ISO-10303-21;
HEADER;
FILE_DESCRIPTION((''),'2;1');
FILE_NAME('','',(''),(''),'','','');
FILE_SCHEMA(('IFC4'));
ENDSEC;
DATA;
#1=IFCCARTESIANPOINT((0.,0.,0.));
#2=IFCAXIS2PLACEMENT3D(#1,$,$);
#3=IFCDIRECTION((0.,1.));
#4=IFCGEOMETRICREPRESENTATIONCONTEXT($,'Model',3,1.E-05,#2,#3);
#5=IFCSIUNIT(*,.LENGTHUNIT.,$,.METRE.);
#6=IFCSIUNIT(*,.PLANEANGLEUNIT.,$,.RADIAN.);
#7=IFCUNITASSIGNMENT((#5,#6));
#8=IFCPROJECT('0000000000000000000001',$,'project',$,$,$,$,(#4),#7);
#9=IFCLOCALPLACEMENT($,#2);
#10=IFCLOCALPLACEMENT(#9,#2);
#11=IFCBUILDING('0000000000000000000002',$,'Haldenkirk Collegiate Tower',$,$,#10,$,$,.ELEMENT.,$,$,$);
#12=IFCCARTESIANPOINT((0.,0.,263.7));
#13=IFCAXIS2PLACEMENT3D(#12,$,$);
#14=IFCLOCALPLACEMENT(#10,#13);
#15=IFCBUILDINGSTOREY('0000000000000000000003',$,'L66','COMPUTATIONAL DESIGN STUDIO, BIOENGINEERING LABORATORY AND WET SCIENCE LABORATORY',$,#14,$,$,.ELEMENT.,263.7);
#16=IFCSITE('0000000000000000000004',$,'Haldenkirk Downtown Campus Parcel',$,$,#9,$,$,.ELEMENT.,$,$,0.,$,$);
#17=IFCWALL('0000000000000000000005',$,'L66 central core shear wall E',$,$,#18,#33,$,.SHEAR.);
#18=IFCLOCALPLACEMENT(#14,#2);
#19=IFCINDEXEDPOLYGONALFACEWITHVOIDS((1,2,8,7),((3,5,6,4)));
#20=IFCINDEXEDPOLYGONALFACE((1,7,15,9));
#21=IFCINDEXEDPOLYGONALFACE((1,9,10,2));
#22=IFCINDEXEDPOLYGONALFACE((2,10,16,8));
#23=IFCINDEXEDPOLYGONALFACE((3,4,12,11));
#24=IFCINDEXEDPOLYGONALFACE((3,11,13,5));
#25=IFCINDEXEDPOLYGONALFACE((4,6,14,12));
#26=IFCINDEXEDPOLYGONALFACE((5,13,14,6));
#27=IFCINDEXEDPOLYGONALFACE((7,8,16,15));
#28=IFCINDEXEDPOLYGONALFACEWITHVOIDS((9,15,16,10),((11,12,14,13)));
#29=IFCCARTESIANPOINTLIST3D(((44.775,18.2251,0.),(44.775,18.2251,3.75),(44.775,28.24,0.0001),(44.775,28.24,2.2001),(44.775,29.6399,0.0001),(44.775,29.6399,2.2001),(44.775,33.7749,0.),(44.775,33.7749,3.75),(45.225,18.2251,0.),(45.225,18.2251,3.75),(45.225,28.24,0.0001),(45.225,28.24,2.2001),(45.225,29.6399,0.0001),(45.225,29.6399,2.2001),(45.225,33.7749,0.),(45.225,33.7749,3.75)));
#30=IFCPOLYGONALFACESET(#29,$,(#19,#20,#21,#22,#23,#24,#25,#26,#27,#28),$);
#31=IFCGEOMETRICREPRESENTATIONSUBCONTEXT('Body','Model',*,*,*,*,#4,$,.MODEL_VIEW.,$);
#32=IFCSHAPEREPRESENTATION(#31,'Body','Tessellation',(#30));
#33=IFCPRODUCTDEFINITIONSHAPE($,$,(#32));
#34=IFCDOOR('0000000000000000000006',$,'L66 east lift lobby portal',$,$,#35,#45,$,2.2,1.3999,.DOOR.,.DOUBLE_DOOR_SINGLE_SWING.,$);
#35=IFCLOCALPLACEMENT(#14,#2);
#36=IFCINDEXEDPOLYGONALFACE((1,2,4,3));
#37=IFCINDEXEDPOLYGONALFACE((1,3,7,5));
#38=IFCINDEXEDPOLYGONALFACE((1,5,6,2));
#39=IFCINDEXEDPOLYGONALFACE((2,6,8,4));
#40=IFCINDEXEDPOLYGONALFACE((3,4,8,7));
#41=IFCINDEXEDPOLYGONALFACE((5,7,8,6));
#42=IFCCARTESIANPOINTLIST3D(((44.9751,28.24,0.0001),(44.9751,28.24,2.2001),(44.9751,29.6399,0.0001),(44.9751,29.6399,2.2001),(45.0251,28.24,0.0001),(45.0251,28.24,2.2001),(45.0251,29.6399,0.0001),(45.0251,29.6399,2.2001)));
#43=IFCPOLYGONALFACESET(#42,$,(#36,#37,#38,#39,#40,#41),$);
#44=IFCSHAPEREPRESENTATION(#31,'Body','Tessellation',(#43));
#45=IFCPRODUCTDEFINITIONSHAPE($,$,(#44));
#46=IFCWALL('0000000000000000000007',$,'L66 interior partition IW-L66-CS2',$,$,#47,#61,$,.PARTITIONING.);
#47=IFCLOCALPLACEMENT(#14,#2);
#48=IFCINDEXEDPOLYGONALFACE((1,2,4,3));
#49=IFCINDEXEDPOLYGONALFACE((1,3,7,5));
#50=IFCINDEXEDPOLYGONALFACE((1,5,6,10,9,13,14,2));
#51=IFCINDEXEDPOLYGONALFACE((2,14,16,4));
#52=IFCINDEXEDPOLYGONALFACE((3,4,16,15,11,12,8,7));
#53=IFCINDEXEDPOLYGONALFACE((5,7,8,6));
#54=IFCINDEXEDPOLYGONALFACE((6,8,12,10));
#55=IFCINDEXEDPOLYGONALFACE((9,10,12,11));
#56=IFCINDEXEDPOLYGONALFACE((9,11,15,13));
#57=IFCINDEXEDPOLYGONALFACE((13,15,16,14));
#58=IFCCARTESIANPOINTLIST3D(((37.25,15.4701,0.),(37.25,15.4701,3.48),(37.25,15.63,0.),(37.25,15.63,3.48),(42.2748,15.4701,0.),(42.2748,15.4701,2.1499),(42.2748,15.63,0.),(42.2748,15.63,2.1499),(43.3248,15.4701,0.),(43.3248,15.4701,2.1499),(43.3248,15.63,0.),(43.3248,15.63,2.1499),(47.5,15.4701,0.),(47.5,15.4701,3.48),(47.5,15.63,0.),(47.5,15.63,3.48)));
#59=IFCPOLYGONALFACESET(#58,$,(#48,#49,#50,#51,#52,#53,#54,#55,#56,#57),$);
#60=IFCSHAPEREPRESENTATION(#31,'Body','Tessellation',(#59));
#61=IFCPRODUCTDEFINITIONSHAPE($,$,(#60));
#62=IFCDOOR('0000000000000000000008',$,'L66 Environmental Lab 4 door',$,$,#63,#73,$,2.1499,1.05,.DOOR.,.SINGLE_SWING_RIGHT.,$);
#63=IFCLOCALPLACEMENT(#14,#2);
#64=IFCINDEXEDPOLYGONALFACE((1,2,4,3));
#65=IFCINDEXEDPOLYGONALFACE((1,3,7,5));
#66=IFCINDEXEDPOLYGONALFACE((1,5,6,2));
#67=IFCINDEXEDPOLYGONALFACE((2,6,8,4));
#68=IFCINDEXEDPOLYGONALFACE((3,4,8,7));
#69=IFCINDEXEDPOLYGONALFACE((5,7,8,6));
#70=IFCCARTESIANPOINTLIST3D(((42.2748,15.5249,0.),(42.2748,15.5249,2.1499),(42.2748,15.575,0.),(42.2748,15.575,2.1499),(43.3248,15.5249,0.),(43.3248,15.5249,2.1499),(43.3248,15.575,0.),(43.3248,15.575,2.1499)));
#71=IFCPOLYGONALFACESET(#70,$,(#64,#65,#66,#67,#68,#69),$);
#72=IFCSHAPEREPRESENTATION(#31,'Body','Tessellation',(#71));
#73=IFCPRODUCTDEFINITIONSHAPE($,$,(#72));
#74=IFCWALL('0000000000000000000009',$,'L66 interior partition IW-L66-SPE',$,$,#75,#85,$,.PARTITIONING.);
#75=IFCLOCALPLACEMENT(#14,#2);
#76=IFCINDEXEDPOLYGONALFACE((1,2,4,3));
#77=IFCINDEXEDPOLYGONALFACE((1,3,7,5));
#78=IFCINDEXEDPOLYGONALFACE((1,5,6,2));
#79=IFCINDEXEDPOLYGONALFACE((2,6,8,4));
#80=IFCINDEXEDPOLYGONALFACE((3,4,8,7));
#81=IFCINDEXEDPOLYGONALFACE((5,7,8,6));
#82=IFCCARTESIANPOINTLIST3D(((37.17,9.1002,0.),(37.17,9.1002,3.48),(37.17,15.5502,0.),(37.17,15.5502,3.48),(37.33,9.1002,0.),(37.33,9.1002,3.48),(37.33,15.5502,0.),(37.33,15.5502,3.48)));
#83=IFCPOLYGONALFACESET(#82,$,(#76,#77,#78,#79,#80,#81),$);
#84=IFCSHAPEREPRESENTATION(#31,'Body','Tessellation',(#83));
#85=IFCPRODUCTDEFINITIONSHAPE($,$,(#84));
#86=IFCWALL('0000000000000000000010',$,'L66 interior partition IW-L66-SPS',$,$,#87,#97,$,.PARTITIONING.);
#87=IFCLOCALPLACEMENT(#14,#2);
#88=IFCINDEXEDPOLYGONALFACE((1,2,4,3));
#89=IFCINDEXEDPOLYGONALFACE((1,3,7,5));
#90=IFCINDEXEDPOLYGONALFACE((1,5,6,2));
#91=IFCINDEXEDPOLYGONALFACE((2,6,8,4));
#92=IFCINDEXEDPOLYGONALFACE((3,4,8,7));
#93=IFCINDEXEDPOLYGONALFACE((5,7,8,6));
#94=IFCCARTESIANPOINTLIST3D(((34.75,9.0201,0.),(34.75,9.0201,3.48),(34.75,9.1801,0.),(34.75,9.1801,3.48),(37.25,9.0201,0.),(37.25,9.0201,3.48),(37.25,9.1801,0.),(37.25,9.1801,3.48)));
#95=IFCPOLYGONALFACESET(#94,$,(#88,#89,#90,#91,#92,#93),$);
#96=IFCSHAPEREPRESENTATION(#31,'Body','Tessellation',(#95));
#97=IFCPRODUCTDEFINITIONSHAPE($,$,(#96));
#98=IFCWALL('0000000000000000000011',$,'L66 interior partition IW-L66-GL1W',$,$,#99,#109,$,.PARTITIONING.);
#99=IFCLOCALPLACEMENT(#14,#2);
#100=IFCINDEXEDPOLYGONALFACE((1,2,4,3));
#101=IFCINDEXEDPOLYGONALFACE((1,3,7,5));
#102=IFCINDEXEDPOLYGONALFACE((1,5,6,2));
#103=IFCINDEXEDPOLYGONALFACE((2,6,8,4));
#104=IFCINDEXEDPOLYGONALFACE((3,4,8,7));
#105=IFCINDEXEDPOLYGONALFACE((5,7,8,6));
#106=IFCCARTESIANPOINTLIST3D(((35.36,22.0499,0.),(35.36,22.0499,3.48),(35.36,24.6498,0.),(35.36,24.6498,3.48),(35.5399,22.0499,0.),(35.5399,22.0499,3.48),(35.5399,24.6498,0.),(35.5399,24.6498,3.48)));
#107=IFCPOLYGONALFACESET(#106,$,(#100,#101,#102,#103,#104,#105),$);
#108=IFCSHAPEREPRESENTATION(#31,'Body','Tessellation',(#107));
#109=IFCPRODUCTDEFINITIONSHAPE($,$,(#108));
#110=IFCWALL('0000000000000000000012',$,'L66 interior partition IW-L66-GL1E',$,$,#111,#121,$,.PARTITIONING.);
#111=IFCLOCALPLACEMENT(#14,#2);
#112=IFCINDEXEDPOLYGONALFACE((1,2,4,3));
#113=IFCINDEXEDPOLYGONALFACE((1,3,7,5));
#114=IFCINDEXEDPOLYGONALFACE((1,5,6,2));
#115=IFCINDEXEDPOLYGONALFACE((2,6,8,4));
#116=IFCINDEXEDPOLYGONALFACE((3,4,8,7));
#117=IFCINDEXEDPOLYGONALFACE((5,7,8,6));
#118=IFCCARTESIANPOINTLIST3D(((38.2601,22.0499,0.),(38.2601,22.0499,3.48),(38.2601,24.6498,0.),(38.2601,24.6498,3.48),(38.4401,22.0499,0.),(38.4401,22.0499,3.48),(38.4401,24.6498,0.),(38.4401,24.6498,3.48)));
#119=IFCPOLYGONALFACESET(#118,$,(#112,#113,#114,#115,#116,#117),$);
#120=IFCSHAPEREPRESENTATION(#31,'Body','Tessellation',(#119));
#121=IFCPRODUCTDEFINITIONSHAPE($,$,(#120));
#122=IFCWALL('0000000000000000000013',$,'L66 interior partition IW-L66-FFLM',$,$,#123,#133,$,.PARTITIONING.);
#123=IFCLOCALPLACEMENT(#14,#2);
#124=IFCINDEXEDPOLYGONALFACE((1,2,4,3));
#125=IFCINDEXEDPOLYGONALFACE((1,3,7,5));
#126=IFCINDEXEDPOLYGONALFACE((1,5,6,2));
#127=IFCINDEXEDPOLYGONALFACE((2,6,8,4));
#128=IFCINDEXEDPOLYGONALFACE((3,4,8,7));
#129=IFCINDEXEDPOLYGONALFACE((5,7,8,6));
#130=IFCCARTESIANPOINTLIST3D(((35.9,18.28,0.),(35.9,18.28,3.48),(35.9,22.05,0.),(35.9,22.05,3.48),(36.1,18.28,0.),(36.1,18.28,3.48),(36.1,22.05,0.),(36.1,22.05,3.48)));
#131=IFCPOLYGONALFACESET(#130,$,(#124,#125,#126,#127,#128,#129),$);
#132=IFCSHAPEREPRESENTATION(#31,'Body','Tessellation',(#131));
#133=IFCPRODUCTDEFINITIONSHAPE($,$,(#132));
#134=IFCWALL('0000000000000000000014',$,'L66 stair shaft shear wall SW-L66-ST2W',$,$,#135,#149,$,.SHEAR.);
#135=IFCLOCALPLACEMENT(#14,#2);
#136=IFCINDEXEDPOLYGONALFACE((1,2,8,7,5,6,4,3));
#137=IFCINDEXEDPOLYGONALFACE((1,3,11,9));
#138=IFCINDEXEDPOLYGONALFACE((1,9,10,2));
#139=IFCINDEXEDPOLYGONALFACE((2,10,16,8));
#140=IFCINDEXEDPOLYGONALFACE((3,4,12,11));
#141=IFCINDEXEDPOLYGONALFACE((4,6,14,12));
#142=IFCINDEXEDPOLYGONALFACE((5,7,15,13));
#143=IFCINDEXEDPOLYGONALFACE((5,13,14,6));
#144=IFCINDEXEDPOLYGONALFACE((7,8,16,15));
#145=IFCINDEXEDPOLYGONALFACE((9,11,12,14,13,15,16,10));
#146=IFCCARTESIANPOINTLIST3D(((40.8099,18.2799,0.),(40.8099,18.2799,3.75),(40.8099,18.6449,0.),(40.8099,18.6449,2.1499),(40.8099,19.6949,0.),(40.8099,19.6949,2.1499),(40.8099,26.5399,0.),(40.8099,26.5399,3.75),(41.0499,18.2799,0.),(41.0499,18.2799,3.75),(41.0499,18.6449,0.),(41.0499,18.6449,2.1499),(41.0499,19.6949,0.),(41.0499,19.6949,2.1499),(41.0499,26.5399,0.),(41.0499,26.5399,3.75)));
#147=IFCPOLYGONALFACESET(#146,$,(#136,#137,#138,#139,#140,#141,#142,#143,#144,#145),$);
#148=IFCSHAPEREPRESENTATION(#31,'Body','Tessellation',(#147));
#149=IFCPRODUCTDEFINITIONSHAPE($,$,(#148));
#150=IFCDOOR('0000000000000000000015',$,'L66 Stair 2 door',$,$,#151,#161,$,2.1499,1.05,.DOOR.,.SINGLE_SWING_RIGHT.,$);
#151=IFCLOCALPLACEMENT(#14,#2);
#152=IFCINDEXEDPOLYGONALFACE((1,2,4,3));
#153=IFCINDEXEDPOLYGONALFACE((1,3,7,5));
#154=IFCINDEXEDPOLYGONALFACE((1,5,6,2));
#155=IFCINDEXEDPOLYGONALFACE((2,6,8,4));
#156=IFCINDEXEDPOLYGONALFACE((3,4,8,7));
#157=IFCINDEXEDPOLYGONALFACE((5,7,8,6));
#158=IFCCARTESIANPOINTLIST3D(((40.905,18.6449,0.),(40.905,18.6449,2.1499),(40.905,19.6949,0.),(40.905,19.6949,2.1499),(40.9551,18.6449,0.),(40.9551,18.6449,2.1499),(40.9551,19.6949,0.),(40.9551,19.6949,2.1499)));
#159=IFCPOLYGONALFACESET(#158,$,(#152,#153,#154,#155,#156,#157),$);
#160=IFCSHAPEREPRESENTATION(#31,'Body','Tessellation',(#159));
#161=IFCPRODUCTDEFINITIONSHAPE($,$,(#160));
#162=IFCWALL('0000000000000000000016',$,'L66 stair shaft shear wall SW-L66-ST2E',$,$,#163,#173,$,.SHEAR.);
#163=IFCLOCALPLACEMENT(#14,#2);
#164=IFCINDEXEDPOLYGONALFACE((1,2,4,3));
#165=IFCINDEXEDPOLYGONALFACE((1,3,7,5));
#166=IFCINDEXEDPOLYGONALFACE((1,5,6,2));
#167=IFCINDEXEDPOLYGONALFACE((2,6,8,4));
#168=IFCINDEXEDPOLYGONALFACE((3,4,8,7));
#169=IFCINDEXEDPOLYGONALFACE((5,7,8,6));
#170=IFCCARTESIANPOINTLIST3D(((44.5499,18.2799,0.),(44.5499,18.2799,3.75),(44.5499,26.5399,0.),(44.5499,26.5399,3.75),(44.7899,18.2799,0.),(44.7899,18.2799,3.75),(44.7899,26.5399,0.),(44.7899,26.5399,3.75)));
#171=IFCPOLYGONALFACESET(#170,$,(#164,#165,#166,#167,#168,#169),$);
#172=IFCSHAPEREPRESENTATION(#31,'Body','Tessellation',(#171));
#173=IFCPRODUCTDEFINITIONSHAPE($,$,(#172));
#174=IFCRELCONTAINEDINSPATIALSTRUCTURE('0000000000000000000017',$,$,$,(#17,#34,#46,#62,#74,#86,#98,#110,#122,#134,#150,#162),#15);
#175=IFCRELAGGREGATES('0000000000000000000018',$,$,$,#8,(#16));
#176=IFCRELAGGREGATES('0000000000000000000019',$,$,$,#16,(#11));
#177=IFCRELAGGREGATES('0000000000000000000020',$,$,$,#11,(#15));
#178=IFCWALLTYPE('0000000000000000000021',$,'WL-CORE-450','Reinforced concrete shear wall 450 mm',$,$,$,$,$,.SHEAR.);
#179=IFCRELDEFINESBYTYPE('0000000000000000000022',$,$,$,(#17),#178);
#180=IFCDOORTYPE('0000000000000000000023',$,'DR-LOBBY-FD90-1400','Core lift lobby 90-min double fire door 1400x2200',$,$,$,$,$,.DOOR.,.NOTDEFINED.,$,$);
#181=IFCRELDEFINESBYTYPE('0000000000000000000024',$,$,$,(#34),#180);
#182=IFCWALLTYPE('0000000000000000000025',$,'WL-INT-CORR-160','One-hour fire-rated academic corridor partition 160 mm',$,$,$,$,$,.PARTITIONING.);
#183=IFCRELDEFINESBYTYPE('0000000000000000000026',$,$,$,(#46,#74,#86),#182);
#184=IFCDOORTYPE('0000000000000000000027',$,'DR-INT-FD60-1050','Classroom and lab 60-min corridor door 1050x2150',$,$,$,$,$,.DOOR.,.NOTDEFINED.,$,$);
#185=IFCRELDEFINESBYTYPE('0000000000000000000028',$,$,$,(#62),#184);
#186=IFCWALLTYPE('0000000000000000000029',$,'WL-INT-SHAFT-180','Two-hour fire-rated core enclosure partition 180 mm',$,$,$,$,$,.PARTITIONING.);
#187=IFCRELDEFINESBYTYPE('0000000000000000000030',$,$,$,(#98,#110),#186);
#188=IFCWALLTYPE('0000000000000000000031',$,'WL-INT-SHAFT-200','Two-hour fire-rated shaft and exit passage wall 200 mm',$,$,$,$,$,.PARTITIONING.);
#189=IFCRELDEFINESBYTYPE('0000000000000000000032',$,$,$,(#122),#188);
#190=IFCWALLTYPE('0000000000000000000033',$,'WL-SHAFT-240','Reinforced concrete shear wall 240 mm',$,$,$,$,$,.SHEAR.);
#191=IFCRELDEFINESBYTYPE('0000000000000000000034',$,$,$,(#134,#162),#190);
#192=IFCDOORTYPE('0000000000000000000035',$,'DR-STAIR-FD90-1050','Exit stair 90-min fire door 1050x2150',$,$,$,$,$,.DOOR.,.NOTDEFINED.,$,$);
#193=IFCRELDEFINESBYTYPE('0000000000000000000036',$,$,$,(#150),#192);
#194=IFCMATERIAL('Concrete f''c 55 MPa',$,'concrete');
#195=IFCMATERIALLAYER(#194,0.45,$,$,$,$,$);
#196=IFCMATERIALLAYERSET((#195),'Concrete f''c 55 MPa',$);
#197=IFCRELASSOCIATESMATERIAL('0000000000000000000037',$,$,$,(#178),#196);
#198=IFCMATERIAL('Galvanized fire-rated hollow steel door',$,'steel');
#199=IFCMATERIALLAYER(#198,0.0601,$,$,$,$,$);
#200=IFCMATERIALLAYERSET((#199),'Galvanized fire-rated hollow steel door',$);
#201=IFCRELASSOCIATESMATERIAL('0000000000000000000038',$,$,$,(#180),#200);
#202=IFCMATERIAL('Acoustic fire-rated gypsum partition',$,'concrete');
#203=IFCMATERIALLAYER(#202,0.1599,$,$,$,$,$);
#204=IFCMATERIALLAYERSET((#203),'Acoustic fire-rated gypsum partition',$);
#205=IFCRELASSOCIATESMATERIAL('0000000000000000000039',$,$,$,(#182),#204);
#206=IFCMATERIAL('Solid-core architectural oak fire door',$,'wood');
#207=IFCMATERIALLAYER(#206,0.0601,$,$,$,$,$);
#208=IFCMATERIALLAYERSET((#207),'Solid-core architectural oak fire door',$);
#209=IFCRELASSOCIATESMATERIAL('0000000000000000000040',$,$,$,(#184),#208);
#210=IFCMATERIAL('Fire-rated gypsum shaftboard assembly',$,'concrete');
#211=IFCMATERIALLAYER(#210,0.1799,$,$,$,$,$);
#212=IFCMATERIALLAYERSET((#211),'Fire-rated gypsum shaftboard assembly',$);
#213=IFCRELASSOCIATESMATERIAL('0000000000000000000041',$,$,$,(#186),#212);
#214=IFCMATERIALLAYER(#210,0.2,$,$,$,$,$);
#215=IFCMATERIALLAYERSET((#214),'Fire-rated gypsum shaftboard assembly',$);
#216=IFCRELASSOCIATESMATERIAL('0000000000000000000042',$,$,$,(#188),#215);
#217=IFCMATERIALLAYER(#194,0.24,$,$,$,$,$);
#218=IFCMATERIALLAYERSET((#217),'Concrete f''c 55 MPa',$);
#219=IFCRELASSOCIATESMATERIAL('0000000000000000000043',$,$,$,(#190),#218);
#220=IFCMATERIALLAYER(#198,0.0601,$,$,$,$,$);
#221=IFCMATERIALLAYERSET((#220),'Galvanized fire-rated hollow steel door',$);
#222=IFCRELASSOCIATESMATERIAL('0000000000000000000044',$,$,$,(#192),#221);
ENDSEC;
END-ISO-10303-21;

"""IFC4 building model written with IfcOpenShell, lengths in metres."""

from ifc_helpers import new_model, si_unit, direction, frame, frame_2d, origin, place, context, subcontext, project, spatial, rectangle, extrude, material, layer, layer_set, type_object, element, fill, save


model = new_model("IFC4")

# Units and contexts
model_context = context("Model", 3, precision=1e-05, world=origin(), true_north=direction((0.0, 1.0)))
body_context = subcontext(model_context, "Body", "Model", "MODEL_VIEW")
ifc_project = project(units=[si_unit("LENGTHUNIT", "METRE"), si_unit("PLANEANGLEUNIT", "RADIAN")], contexts=[model_context])

# Site, building, storey
site_placement = place(None, origin())
site = spatial("IfcSite", under=ifc_project, at=site_placement, Name="Haldenkirk Downtown Campus Parcel", CompositionType="ELEMENT", RefElevation=0.0)
building_placement = place(site_placement, origin())
building = spatial("IfcBuilding", under=site, at=building_placement, Name="Haldenkirk Collegiate Tower", CompositionType="ELEMENT")
storey_placement = place(building_placement, frame((0.0, 0.0, 263.7)))
storey = spatial("IfcBuildingStorey", under=building, at=storey_placement, Name="L66", Description="COMPUTATIONAL DESIGN STUDIO, BIOENGINEERING LABORATORY AND WET SCIENCE LABORATORY", CompositionType="ELEMENT", Elevation=263.7)

# Walls, openings, doors
ifc_material_1 = material(Name="Concrete f'c 55 MPa", Category="concrete")
ifc_layer_1 = layer(ifc_material_1, 0.45)
ifc_layer_set_1 = layer_set([ifc_layer_1], Name="Concrete f'c 55 MPa")
wall_type_1 = type_object("IfcWallType", Name="WL-CORE-450", Description="Reinforced concrete shear wall 450 mm", PredefinedType="SHEAR", material=ifc_layer_set_1)
wall_1_placement = place(storey_placement, frame((45.0, 18.2251, 0.0), z_axis=(0.0, 0.0, 1.0), x_axis=(0.0, 1.0, 0.0)))
wall_1 = element("IfcWall", 1, at=wall_1_placement, inside=storey, type_object=wall_type_1, Name="L66 central core shear wall E", PredefinedType="SHEAR", context=body_context, shape_type="SweptSolid", body=[
    extrude(rectangle(XDim=15.5498, YDim=0.45, at=frame_2d((7.7749, 0.0))), origin(), (0.0, 0.0, 1.0), 3.75),
])
opening_1_placement = place(wall_1_placement, frame((10.0149, 0.0, 0.0)))
opening_1 = element("IfcOpeningElement", 2, at=opening_1_placement, cuts=wall_1, PredefinedType="OPENING", context=body_context, shape_type="SweptSolid", body=[
    extrude(rectangle(XDim=1.3999, YDim=2.2, at=frame_2d((0.7, 1.1001))), frame((0.0, 0.2349, 0.0), z_axis=(0.0, -1.0, 0.0), x_axis=(1.0, 0.0, 0.0)), (0.0, 0.0, 1.0), 0.47),
])
ifc_material_2 = material(Name="Galvanized fire-rated hollow steel door", Category="steel")
ifc_layer_2 = layer(ifc_material_2, 0.0601)
ifc_layer_set_2 = layer_set([ifc_layer_2], Name="Galvanized fire-rated hollow steel door")
door_type_1 = type_object("IfcDoorType", Name="DR-LOBBY-FD90-1400", Description="Core lift lobby 90-min double fire door 1400x2200", OperationType="NOTDEFINED", PredefinedType="DOOR", material=ifc_layer_set_2)
door_1_placement = place(opening_1_placement, origin())
door_1 = element("IfcDoor", 3, at=door_1_placement, inside=storey, type_object=door_type_1, Name="L66 east lift lobby portal", OperationType="DOUBLE_DOOR_SINGLE_SWING", OverallHeight=2.2, OverallWidth=1.3999, PredefinedType="DOOR", context=body_context, shape_type="SweptSolid", body=[
    extrude(rectangle(XDim=1.3999, YDim=2.2, at=frame_2d((0.7, 1.1001))), frame((0.0, 0.0249, 0.0), z_axis=(0.0, -1.0, 0.0), x_axis=(1.0, 0.0, 0.0)), (0.0, 0.0, 1.0), 0.05),
])
fill(opening_1, door_1)
ifc_material_3 = material(Name="Acoustic fire-rated gypsum partition", Category="concrete")
ifc_layer_3 = layer(ifc_material_3, 0.1599)
ifc_layer_set_3 = layer_set([ifc_layer_3], Name="Acoustic fire-rated gypsum partition")
wall_type_2 = type_object("IfcWallType", Name="WL-INT-CORR-160", Description="One-hour fire-rated academic corridor partition 160 mm", PredefinedType="PARTITIONING", material=ifc_layer_set_3)
wall_2_placement = place(storey_placement, frame((37.25, 15.55, 0.0), z_axis=(0.0, 0.0, 1.0), x_axis=(1.0, 0.0, 0.0)))
wall_2 = element("IfcWall", 4, at=wall_2_placement, inside=storey, type_object=wall_type_2, Name="L66 interior partition IW-L66-CS2", PredefinedType="PARTITIONING", context=body_context, shape_type="SweptSolid", body=[
    extrude(rectangle(XDim=10.25, YDim=0.1599, at=frame_2d((5.125, 0.0))), origin(), (0.0, 0.0, 1.0), 3.48),
])
opening_2_placement = place(wall_2_placement, frame((5.0249, 0.0, 0.0)))
opening_2 = element("IfcOpeningElement", 5, at=opening_2_placement, cuts=wall_2, PredefinedType="OPENING", context=body_context, shape_type="SweptSolid", body=[
    extrude(rectangle(XDim=1.05, YDim=2.1499, at=frame_2d((0.5249, 1.075))), frame((0.0, 0.0898, 0.0), z_axis=(0.0, -1.0, 0.0), x_axis=(1.0, 0.0, 0.0)), (0.0, 0.0, 1.0), 0.1799),
])
ifc_material_4 = material(Name="Solid-core architectural oak fire door", Category="wood")
ifc_layer_4 = layer(ifc_material_4, 0.0601)
ifc_layer_set_4 = layer_set([ifc_layer_4], Name="Solid-core architectural oak fire door")
door_type_2 = type_object("IfcDoorType", Name="DR-INT-FD60-1050", Description="Classroom and lab 60-min corridor door 1050x2150", OperationType="NOTDEFINED", PredefinedType="DOOR", material=ifc_layer_set_4)
door_2_placement = place(opening_2_placement, origin())
door_2 = element("IfcDoor", 6, at=door_2_placement, inside=storey, type_object=door_type_2, Name="L66 Environmental Lab 4 door", OperationType="SINGLE_SWING_RIGHT", OverallHeight=2.1499, OverallWidth=1.05, PredefinedType="DOOR", context=body_context, shape_type="SweptSolid", body=[
    extrude(rectangle(XDim=1.05, YDim=2.1499, at=frame_2d((0.5249, 1.075))), frame((0.0, 0.0249, 0.0), z_axis=(0.0, -1.0, 0.0), x_axis=(1.0, 0.0, 0.0)), (0.0, 0.0, 1.0), 0.05),
])
fill(opening_2, door_2)

# Walls
wall_3_placement = place(storey_placement, frame((37.25, 9.1001, 0.0), z_axis=(0.0, 0.0, 1.0), x_axis=(0.0, 1.0, 0.0)))
element("IfcWall", 7, at=wall_3_placement, inside=storey, type_object=wall_type_2, Name="L66 interior partition IW-L66-SPE", PredefinedType="PARTITIONING", context=body_context, shape_type="SweptSolid", body=[
    extrude(rectangle(XDim=6.45, YDim=0.1599, at=frame_2d((3.2251, 0.0))), origin(), (0.0, 0.0, 1.0), 3.48),
])
wall_4_placement = place(storey_placement, frame((34.75, 9.1001, 0.0), z_axis=(0.0, 0.0, 1.0), x_axis=(1.0, 0.0, 0.0)))
element("IfcWall", 8, at=wall_4_placement, inside=storey, type_object=wall_type_2, Name="L66 interior partition IW-L66-SPS", PredefinedType="PARTITIONING", context=body_context, shape_type="SweptSolid", body=[
    extrude(rectangle(XDim=2.5, YDim=0.1599, at=frame_2d((1.25, 0.0))), origin(), (0.0, 0.0, 1.0), 3.48),
])
ifc_material_5 = material(Name="Fire-rated gypsum shaftboard assembly", Category="concrete")
ifc_layer_5 = layer(ifc_material_5, 0.1799)
ifc_layer_set_5 = layer_set([ifc_layer_5], Name="Fire-rated gypsum shaftboard assembly")
wall_type_3 = type_object("IfcWallType", Name="WL-INT-SHAFT-180", Description="Two-hour fire-rated core enclosure partition 180 mm", PredefinedType="PARTITIONING", material=ifc_layer_set_5)
for number, where, z_axis, x_axis, name in (
    (9, (35.45, 22.05, 0.0), (0.0, 0.0, 1.0), (0.0, 1.0, 0.0), "L66 interior partition IW-L66-GL1W"),
    (10, (38.3501, 22.05, 0.0), (0.0, 0.0, 1.0), (0.0, 1.0, 0.0), "L66 interior partition IW-L66-GL1E"),
):
    element("IfcWall", number, at=place(storey_placement, frame(where, z_axis=z_axis, x_axis=x_axis)), inside=storey, type_object=wall_type_3, Name=name, PredefinedType="PARTITIONING", context=body_context, shape_type="SweptSolid", body=[
        extrude(rectangle(XDim=2.5999, YDim=0.1799, at=frame_2d((1.2998, 0.0))), origin(), (0.0, 0.0, 1.0), 3.48),
    ])
ifc_layer_6 = layer(ifc_material_5, 0.2)
ifc_layer_set_6 = layer_set([ifc_layer_6], Name="Fire-rated gypsum shaftboard assembly")
wall_type_4 = type_object("IfcWallType", Name="WL-INT-SHAFT-200", Description="Two-hour fire-rated shaft and exit passage wall 200 mm", PredefinedType="PARTITIONING", material=ifc_layer_set_6)
wall_5_placement = place(storey_placement, frame((36.0, 18.28, 0.0), z_axis=(0.0, 0.0, 1.0), x_axis=(0.0, 1.0, 0.0)))
element("IfcWall", 11, at=wall_5_placement, inside=storey, type_object=wall_type_4, Name="L66 interior partition IW-L66-FFLM", PredefinedType="PARTITIONING", context=body_context, shape_type="SweptSolid", body=[
    extrude(rectangle(XDim=3.77, YDim=0.2, at=frame_2d((1.885, 0.0))), origin(), (0.0, 0.0, 1.0), 3.48),
])

# Wall, opening, door
ifc_layer_7 = layer(ifc_material_1, 0.24)
ifc_layer_set_7 = layer_set([ifc_layer_7], Name="Concrete f'c 55 MPa")
wall_type_5 = type_object("IfcWallType", Name="WL-SHAFT-240", Description="Reinforced concrete shear wall 240 mm", PredefinedType="SHEAR", material=ifc_layer_set_7)
wall_6_placement = place(storey_placement, frame((40.9299, 18.28, 0.0), z_axis=(0.0, 0.0, 1.0), x_axis=(0.0, 1.0, 0.0)))
wall_6 = element("IfcWall", 12, at=wall_6_placement, inside=storey, type_object=wall_type_5, Name="L66 stair shaft shear wall SW-L66-ST2W", PredefinedType="SHEAR", context=body_context, shape_type="SweptSolid", body=[
    extrude(rectangle(XDim=8.26, YDim=0.24, at=frame_2d((4.1299, 0.0))), origin(), (0.0, 0.0, 1.0), 3.75),
])
opening_3_placement = place(wall_6_placement, frame((0.365, 0.0, 0.0)))
opening_3 = element("IfcOpeningElement", 13, at=opening_3_placement, cuts=wall_6, PredefinedType="OPENING", context=body_context, shape_type="SweptSolid", body=[
    extrude(rectangle(XDim=1.05, YDim=2.1499, at=frame_2d((0.5249, 1.075))), frame((0.0, 0.1299, 0.0), z_axis=(0.0, -1.0, 0.0), x_axis=(1.0, 0.0, 0.0)), (0.0, 0.0, 1.0), 0.26),
])
ifc_layer_8 = layer(ifc_material_2, 0.0601)
ifc_layer_set_8 = layer_set([ifc_layer_8], Name="Galvanized fire-rated hollow steel door")
door_type_3 = type_object("IfcDoorType", Name="DR-STAIR-FD90-1050", Description="Exit stair 90-min fire door 1050x2150", OperationType="NOTDEFINED", PredefinedType="DOOR", material=ifc_layer_set_8)
door_3_placement = place(opening_3_placement, origin())
door_3 = element("IfcDoor", 14, at=door_3_placement, inside=storey, type_object=door_type_3, Name="L66 Stair 2 door", OperationType="SINGLE_SWING_RIGHT", OverallHeight=2.1499, OverallWidth=1.05, PredefinedType="DOOR", context=body_context, shape_type="SweptSolid", body=[
    extrude(rectangle(XDim=1.05, YDim=2.1499, at=frame_2d((0.5249, 1.075))), frame((0.0, 0.0249, 0.0), z_axis=(0.0, -1.0, 0.0), x_axis=(1.0, 0.0, 0.0)), (0.0, 0.0, 1.0), 0.05),
])
fill(opening_3, door_3)

# Wall
wall_7_placement = place(storey_placement, frame((44.6699, 18.28, 0.0), z_axis=(0.0, 0.0, 1.0), x_axis=(0.0, 1.0, 0.0)))
element("IfcWall", 15, at=wall_7_placement, inside=storey, type_object=wall_type_5, Name="L66 stair shaft shear wall SW-L66-ST2E", PredefinedType="SHEAR", context=body_context, shape_type="SweptSolid", body=[
    extrude(rectangle(XDim=8.26, YDim=0.24, at=frame_2d((4.1299, 0.0))), origin(), (0.0, 0.0, 1.0), 3.75),
])

save(model, "model.ifc")
